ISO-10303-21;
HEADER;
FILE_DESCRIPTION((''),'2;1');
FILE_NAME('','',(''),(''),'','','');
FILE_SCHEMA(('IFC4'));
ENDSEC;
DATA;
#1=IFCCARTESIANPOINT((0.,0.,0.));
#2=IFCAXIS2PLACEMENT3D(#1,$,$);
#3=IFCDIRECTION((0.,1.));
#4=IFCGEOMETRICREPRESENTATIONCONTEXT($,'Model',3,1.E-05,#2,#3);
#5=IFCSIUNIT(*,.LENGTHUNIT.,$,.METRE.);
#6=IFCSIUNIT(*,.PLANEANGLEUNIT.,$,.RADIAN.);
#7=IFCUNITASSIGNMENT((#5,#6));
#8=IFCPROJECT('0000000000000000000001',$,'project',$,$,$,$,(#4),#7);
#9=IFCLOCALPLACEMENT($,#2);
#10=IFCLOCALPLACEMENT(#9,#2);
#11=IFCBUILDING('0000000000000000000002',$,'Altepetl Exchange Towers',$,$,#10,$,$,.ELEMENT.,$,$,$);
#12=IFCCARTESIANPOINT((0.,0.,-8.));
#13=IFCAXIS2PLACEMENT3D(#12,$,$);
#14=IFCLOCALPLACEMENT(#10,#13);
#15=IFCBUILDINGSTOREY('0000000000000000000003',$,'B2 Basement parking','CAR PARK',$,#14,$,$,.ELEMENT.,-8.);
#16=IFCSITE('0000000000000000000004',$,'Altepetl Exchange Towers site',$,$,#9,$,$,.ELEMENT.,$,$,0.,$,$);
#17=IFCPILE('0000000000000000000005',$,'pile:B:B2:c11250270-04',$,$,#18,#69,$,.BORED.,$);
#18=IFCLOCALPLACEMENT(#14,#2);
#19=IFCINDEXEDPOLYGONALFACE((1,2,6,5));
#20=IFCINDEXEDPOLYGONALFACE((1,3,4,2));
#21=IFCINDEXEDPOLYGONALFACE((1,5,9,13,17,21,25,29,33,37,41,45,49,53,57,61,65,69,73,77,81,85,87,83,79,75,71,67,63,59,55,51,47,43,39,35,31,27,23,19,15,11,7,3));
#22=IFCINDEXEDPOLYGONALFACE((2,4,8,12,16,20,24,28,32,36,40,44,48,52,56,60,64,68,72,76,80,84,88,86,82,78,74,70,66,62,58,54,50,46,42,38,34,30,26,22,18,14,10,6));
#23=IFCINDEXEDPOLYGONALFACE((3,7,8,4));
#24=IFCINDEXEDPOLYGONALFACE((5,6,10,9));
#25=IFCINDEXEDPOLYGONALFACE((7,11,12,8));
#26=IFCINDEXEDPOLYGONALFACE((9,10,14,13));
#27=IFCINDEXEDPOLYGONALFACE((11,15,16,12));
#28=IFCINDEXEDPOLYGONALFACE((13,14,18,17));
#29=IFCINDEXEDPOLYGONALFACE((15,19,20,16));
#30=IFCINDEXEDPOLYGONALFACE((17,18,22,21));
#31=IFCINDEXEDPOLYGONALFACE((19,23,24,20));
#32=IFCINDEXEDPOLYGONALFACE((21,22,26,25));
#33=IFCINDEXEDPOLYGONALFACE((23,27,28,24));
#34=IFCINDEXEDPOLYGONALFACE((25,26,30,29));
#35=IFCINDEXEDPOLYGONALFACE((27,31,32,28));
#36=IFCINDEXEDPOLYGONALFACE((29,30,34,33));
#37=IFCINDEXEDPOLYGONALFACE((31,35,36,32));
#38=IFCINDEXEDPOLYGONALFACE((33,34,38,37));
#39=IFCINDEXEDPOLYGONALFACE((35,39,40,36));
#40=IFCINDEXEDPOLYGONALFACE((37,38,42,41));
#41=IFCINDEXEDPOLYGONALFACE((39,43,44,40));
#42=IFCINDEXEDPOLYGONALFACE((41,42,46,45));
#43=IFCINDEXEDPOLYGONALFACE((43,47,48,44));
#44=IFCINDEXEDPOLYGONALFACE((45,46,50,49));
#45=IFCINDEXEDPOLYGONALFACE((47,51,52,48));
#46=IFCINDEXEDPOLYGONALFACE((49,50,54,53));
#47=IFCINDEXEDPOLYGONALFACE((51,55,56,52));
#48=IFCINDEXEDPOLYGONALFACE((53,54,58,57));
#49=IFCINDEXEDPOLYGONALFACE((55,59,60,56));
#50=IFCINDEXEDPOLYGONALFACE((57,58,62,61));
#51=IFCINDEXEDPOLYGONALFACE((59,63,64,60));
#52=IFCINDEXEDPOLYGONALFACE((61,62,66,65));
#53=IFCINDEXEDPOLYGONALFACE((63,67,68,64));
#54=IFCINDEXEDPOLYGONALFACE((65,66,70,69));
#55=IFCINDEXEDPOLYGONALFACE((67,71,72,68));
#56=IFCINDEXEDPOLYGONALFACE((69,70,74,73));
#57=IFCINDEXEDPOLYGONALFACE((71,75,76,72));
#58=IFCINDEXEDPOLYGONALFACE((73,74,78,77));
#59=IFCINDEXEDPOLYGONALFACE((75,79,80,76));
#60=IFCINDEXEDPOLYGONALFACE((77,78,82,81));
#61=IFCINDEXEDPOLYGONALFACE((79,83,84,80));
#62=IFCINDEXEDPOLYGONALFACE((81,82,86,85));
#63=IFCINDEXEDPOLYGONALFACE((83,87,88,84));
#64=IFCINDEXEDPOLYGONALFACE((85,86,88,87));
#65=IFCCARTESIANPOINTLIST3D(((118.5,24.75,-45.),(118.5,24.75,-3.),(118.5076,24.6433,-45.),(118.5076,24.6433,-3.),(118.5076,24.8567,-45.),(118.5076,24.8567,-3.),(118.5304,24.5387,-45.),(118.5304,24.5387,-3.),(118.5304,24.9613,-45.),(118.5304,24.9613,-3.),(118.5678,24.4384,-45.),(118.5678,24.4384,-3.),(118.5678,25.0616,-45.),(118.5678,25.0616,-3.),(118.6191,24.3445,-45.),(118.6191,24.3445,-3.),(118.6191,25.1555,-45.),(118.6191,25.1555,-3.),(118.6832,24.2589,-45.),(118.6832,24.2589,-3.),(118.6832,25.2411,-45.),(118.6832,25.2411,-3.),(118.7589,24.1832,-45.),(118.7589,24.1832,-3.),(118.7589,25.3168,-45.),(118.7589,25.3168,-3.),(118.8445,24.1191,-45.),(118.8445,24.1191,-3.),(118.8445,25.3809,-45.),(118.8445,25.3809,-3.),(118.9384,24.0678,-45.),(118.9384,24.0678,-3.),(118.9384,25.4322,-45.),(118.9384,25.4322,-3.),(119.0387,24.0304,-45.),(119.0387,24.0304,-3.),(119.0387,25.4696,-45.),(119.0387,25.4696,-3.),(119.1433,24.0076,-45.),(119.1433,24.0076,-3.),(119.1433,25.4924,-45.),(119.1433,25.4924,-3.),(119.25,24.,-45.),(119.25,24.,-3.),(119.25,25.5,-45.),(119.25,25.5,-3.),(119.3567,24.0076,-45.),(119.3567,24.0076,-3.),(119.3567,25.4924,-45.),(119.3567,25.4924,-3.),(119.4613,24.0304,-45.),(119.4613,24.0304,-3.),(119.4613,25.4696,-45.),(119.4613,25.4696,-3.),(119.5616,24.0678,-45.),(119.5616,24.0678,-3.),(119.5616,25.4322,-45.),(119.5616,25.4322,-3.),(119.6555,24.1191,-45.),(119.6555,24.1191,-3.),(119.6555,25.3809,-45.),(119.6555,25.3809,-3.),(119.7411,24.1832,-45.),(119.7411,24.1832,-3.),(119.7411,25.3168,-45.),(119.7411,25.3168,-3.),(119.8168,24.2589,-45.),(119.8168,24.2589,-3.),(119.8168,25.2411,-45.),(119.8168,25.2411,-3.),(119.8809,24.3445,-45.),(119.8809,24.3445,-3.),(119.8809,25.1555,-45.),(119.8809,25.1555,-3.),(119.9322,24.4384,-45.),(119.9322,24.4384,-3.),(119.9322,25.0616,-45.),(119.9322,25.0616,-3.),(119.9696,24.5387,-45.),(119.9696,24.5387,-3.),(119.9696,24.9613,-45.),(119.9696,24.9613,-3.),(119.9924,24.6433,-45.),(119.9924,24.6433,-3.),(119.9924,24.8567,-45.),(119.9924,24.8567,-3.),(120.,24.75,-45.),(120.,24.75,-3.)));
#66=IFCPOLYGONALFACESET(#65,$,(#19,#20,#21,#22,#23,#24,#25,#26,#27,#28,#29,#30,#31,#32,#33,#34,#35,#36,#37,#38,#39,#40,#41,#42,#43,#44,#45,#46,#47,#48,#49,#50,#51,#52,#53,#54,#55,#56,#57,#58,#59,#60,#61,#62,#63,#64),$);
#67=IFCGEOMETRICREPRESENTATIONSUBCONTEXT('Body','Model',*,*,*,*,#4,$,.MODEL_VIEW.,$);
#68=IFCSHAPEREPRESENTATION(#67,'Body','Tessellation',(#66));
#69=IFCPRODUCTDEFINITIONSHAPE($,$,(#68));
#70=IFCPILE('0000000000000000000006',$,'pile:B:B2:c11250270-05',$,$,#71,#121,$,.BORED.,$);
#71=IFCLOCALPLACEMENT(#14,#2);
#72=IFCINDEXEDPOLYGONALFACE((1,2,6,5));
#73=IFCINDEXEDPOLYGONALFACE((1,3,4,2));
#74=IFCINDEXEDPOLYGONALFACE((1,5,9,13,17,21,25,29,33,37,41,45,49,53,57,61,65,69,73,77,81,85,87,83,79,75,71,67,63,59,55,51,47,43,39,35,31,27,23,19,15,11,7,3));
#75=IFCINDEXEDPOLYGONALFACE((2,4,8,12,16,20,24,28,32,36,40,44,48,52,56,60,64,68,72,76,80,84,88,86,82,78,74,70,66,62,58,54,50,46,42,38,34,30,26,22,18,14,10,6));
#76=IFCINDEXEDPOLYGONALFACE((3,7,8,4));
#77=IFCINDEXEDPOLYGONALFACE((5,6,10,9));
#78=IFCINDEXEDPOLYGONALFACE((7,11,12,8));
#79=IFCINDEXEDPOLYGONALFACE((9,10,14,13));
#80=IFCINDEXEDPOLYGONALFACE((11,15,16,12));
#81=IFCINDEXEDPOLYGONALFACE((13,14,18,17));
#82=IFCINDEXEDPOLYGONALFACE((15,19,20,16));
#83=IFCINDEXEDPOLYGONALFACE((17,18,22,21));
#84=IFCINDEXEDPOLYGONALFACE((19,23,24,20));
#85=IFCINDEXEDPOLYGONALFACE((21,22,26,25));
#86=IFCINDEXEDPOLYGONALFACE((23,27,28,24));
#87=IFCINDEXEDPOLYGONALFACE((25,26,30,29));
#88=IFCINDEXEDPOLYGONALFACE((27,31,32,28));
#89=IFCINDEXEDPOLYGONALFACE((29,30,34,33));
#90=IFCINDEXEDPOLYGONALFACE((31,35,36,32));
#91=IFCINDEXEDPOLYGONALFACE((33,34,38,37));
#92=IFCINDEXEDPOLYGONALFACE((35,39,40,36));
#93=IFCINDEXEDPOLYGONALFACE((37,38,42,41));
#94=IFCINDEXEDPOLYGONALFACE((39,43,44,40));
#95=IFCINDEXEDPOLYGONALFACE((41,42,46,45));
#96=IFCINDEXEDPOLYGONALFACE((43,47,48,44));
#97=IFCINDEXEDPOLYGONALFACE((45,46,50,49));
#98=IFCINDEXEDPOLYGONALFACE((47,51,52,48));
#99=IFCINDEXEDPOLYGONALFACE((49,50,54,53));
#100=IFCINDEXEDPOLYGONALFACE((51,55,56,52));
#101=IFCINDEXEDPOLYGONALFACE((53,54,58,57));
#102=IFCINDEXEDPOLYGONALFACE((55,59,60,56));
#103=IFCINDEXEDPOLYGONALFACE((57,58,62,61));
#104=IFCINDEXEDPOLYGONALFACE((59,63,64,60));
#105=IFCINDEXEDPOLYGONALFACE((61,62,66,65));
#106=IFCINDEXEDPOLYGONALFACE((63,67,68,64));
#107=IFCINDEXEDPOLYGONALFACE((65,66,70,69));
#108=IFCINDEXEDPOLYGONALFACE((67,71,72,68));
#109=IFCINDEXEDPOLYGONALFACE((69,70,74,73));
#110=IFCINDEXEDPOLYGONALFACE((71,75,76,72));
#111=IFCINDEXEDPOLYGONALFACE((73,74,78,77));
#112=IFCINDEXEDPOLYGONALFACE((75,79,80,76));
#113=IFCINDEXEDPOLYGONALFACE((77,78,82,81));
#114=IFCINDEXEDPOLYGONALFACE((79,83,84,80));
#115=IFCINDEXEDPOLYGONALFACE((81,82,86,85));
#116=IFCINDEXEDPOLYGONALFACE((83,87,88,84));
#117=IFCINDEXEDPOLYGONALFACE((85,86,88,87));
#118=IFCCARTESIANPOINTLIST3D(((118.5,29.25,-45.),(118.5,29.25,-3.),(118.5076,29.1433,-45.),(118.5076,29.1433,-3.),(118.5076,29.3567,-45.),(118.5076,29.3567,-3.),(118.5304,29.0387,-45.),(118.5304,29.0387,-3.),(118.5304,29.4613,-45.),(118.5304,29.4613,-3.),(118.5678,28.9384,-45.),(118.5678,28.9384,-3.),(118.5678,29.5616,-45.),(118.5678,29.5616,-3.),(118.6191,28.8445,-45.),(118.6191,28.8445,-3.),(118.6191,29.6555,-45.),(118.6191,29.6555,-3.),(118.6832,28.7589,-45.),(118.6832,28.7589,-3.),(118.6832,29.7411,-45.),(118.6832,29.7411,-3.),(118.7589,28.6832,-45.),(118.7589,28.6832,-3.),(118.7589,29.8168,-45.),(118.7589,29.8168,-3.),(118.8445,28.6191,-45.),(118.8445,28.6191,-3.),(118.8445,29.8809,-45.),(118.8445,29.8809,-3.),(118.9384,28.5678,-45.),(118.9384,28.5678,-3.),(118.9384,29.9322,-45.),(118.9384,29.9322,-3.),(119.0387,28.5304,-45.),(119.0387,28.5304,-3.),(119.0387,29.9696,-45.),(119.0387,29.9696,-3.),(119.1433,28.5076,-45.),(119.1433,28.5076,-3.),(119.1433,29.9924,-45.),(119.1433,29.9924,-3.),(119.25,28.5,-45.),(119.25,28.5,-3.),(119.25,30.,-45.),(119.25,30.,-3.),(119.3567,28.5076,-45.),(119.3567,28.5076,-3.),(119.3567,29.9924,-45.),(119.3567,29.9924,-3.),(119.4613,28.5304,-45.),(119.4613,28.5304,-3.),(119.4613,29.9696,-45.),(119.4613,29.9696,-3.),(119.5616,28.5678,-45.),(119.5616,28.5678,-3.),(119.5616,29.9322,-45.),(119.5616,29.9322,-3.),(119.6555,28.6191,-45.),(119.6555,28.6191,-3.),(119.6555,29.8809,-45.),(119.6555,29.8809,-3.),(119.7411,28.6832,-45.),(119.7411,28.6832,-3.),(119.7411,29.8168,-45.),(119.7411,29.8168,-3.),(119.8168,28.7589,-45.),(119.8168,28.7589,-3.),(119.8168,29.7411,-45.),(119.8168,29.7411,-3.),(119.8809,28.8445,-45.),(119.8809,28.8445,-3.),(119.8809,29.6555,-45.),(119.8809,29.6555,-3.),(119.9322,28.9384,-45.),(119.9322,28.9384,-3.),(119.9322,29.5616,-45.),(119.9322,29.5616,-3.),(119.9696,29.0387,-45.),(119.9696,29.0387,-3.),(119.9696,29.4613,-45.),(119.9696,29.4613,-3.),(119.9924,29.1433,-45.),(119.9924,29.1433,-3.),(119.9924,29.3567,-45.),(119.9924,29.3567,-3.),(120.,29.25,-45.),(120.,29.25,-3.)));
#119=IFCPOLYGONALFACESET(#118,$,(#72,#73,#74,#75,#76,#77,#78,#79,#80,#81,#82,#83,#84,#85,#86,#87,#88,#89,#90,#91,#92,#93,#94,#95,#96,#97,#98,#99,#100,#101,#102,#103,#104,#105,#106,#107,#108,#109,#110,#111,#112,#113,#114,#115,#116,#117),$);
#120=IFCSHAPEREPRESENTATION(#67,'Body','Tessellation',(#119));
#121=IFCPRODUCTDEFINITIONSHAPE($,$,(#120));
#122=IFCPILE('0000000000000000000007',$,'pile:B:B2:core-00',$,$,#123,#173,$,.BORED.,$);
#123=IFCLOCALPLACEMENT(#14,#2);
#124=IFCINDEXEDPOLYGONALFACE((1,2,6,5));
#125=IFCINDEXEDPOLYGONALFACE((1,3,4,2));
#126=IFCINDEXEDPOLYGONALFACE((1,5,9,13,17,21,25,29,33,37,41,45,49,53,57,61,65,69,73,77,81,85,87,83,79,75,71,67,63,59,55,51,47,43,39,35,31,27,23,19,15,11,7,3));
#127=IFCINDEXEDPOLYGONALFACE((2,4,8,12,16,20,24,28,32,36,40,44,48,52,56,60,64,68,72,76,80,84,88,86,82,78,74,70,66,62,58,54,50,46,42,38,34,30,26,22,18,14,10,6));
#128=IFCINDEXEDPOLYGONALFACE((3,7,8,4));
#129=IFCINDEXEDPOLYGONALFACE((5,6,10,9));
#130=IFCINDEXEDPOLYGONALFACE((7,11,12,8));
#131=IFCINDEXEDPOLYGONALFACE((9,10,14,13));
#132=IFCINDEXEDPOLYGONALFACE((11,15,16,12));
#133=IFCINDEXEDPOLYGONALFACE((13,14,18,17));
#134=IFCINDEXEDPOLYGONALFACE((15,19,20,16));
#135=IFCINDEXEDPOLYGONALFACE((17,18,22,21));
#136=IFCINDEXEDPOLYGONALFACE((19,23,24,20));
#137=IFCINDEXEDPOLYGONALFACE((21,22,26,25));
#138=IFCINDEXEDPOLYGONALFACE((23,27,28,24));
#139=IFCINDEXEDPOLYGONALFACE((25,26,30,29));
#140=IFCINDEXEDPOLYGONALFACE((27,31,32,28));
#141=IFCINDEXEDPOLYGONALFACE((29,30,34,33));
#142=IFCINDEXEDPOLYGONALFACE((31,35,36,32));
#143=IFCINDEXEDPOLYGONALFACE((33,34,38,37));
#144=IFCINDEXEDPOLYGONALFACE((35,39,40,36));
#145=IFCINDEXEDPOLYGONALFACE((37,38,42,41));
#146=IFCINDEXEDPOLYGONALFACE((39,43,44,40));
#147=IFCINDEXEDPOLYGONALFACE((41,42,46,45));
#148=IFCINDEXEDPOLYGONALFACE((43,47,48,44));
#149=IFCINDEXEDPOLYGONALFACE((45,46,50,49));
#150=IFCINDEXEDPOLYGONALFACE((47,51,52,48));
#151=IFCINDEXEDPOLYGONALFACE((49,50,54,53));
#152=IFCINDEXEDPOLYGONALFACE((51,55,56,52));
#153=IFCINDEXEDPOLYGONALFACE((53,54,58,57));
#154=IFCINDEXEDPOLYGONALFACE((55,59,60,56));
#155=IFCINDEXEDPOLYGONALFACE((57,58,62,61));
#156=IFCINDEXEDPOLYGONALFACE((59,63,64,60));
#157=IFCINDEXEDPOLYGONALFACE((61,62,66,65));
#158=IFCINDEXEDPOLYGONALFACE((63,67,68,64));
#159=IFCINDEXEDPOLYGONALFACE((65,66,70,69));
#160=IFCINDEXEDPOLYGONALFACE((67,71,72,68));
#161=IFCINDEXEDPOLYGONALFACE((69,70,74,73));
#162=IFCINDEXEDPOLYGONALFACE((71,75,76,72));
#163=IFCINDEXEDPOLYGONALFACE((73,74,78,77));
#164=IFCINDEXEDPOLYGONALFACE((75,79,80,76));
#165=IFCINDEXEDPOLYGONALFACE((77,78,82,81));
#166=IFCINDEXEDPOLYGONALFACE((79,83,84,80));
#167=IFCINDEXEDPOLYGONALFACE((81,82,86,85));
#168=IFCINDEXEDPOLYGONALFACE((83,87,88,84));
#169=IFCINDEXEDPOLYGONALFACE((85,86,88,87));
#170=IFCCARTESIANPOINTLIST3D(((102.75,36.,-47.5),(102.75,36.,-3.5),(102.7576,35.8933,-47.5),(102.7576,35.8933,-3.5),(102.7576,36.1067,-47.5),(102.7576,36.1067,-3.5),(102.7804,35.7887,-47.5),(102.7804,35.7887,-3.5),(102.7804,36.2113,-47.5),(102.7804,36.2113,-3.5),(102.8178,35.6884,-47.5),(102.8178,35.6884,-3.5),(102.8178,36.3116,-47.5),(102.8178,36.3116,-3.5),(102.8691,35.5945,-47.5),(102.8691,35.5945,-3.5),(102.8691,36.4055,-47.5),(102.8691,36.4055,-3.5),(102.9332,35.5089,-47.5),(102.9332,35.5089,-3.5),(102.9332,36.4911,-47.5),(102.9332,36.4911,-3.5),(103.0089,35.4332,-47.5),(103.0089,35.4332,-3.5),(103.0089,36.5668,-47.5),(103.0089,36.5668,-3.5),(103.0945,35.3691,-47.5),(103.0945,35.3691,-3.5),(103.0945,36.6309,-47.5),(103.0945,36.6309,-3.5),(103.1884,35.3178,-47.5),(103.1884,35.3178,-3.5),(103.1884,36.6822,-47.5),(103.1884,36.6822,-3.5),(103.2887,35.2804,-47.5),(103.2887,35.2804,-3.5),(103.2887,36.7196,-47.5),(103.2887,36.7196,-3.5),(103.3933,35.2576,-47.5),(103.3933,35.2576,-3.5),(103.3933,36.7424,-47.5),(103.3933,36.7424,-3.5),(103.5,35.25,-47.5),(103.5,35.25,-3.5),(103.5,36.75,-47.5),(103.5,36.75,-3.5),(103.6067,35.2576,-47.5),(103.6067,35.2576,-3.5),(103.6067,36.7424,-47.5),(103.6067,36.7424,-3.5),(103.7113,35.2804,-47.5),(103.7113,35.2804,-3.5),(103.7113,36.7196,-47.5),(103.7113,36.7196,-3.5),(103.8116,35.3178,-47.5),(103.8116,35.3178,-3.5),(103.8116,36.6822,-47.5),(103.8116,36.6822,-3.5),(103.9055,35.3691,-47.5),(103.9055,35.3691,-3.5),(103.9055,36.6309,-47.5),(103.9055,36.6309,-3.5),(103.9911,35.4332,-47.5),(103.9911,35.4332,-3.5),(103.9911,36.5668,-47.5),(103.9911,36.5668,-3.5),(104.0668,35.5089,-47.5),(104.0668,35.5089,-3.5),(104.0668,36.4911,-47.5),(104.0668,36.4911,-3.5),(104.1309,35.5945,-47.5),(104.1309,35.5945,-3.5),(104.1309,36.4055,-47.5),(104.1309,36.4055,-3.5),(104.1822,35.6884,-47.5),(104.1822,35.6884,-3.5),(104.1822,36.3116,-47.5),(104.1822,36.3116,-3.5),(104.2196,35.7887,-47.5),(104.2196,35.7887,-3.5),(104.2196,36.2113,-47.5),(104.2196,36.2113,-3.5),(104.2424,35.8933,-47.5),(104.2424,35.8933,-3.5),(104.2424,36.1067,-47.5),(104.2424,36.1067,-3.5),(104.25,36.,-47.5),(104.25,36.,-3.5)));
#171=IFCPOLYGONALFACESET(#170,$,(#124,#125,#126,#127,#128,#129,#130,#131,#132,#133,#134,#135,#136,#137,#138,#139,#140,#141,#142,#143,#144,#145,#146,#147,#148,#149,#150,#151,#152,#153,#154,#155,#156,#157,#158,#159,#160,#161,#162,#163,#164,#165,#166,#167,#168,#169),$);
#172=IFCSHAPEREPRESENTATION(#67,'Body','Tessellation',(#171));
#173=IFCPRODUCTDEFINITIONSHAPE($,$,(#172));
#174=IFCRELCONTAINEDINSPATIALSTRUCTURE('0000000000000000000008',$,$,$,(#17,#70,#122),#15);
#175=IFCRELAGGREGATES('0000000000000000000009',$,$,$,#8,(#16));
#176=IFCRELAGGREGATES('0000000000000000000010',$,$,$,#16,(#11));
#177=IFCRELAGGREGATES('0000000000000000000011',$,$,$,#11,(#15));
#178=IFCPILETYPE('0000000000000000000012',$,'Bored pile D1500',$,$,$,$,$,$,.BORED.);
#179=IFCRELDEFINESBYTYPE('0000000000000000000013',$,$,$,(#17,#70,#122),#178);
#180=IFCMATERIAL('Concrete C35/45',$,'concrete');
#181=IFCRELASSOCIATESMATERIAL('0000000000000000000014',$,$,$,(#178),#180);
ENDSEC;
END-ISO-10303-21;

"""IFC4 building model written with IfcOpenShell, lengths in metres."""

from ifc_helpers import new_model, si_unit, direction, frame, origin, origin_2d, place, context, subcontext, project, spatial, circle, extrude, material, material_profile, profile_set, type_object, element, save


model = new_model("IFC4")

# Units and contexts
model_context = context("Model", 3, precision=1e-05, world=origin(), true_north=direction((0.0, 1.0)))
body_context = subcontext(model_context, "Body", "Model", "MODEL_VIEW")
ifc_project = project(units=[si_unit("LENGTHUNIT", "METRE"), si_unit("PLANEANGLEUNIT", "RADIAN")], contexts=[model_context])

# Site, building, storey
site_placement = place(None, origin())
site = spatial("IfcSite", under=ifc_project, at=site_placement, Name="Altepetl Exchange Towers site", CompositionType="ELEMENT", RefElevation=0.0)
building_placement = place(site_placement, origin())
building = spatial("IfcBuilding", under=site, at=building_placement, Name="Altepetl Exchange Towers", CompositionType="ELEMENT")
storey_placement = place(building_placement, frame((0.0, 0.0, -8.0)))
storey = spatial("IfcBuildingStorey", under=building, at=storey_placement, Name="B2 Basement parking", Description="CAR PARK", CompositionType="ELEMENT", Elevation=-8.0)

# Piles
ifc_material_1 = material(Name="Concrete C35/45", Category="concrete")
ifc_material_profile_1 = material_profile(ifc_material_1, circle(Radius=0.75, at=origin_2d()), Name="D1500")
ifc_profile_set_1 = profile_set([ifc_material_profile_1], Name="Concrete C35/45")
pile_type_1 = type_object("IfcPileType", Name="Bored pile D1500", PredefinedType="BORED", material=ifc_profile_set_1)
for number, where, z_axis, x_axis, name in (
    (1, (119.25, 24.75, -3.0), (0.0, 0.0, -1.0), (1.0, 0.0, 0.0), "pile:B:B2:c11250270-04"),
    (2, (119.25, 29.25, -3.0), (0.0, 0.0, -1.0), (1.0, 0.0, 0.0), "pile:B:B2:c11250270-05"),
):
    element("IfcPile", number, at=place(storey_placement, frame(where, z_axis=z_axis, x_axis=x_axis)), inside=storey, type_object=pile_type_1, Name=name, PredefinedType="BORED", context=body_context, shape_type="SweptSolid", body=[
        extrude(circle(Radius=0.75, at=origin_2d()), origin(), (0.0, 0.0, 1.0), 42.0),
    ])
for number, where, z_axis, x_axis, name in (
    (3, (103.5, 36.0, -3.5), (0.0, 0.0, -1.0), (1.0, 0.0, 0.0), "pile:B:B2:core-00"),
):
    element("IfcPile", number, at=place(storey_placement, frame(where, z_axis=z_axis, x_axis=x_axis)), inside=storey, type_object=pile_type_1, Name=name, PredefinedType="BORED", context=body_context, shape_type="SweptSolid", body=[
        extrude(circle(Radius=0.75, at=origin_2d()), origin(), (0.0, 0.0, 1.0), 44.0),
    ])

save(model, "model.ifc")
